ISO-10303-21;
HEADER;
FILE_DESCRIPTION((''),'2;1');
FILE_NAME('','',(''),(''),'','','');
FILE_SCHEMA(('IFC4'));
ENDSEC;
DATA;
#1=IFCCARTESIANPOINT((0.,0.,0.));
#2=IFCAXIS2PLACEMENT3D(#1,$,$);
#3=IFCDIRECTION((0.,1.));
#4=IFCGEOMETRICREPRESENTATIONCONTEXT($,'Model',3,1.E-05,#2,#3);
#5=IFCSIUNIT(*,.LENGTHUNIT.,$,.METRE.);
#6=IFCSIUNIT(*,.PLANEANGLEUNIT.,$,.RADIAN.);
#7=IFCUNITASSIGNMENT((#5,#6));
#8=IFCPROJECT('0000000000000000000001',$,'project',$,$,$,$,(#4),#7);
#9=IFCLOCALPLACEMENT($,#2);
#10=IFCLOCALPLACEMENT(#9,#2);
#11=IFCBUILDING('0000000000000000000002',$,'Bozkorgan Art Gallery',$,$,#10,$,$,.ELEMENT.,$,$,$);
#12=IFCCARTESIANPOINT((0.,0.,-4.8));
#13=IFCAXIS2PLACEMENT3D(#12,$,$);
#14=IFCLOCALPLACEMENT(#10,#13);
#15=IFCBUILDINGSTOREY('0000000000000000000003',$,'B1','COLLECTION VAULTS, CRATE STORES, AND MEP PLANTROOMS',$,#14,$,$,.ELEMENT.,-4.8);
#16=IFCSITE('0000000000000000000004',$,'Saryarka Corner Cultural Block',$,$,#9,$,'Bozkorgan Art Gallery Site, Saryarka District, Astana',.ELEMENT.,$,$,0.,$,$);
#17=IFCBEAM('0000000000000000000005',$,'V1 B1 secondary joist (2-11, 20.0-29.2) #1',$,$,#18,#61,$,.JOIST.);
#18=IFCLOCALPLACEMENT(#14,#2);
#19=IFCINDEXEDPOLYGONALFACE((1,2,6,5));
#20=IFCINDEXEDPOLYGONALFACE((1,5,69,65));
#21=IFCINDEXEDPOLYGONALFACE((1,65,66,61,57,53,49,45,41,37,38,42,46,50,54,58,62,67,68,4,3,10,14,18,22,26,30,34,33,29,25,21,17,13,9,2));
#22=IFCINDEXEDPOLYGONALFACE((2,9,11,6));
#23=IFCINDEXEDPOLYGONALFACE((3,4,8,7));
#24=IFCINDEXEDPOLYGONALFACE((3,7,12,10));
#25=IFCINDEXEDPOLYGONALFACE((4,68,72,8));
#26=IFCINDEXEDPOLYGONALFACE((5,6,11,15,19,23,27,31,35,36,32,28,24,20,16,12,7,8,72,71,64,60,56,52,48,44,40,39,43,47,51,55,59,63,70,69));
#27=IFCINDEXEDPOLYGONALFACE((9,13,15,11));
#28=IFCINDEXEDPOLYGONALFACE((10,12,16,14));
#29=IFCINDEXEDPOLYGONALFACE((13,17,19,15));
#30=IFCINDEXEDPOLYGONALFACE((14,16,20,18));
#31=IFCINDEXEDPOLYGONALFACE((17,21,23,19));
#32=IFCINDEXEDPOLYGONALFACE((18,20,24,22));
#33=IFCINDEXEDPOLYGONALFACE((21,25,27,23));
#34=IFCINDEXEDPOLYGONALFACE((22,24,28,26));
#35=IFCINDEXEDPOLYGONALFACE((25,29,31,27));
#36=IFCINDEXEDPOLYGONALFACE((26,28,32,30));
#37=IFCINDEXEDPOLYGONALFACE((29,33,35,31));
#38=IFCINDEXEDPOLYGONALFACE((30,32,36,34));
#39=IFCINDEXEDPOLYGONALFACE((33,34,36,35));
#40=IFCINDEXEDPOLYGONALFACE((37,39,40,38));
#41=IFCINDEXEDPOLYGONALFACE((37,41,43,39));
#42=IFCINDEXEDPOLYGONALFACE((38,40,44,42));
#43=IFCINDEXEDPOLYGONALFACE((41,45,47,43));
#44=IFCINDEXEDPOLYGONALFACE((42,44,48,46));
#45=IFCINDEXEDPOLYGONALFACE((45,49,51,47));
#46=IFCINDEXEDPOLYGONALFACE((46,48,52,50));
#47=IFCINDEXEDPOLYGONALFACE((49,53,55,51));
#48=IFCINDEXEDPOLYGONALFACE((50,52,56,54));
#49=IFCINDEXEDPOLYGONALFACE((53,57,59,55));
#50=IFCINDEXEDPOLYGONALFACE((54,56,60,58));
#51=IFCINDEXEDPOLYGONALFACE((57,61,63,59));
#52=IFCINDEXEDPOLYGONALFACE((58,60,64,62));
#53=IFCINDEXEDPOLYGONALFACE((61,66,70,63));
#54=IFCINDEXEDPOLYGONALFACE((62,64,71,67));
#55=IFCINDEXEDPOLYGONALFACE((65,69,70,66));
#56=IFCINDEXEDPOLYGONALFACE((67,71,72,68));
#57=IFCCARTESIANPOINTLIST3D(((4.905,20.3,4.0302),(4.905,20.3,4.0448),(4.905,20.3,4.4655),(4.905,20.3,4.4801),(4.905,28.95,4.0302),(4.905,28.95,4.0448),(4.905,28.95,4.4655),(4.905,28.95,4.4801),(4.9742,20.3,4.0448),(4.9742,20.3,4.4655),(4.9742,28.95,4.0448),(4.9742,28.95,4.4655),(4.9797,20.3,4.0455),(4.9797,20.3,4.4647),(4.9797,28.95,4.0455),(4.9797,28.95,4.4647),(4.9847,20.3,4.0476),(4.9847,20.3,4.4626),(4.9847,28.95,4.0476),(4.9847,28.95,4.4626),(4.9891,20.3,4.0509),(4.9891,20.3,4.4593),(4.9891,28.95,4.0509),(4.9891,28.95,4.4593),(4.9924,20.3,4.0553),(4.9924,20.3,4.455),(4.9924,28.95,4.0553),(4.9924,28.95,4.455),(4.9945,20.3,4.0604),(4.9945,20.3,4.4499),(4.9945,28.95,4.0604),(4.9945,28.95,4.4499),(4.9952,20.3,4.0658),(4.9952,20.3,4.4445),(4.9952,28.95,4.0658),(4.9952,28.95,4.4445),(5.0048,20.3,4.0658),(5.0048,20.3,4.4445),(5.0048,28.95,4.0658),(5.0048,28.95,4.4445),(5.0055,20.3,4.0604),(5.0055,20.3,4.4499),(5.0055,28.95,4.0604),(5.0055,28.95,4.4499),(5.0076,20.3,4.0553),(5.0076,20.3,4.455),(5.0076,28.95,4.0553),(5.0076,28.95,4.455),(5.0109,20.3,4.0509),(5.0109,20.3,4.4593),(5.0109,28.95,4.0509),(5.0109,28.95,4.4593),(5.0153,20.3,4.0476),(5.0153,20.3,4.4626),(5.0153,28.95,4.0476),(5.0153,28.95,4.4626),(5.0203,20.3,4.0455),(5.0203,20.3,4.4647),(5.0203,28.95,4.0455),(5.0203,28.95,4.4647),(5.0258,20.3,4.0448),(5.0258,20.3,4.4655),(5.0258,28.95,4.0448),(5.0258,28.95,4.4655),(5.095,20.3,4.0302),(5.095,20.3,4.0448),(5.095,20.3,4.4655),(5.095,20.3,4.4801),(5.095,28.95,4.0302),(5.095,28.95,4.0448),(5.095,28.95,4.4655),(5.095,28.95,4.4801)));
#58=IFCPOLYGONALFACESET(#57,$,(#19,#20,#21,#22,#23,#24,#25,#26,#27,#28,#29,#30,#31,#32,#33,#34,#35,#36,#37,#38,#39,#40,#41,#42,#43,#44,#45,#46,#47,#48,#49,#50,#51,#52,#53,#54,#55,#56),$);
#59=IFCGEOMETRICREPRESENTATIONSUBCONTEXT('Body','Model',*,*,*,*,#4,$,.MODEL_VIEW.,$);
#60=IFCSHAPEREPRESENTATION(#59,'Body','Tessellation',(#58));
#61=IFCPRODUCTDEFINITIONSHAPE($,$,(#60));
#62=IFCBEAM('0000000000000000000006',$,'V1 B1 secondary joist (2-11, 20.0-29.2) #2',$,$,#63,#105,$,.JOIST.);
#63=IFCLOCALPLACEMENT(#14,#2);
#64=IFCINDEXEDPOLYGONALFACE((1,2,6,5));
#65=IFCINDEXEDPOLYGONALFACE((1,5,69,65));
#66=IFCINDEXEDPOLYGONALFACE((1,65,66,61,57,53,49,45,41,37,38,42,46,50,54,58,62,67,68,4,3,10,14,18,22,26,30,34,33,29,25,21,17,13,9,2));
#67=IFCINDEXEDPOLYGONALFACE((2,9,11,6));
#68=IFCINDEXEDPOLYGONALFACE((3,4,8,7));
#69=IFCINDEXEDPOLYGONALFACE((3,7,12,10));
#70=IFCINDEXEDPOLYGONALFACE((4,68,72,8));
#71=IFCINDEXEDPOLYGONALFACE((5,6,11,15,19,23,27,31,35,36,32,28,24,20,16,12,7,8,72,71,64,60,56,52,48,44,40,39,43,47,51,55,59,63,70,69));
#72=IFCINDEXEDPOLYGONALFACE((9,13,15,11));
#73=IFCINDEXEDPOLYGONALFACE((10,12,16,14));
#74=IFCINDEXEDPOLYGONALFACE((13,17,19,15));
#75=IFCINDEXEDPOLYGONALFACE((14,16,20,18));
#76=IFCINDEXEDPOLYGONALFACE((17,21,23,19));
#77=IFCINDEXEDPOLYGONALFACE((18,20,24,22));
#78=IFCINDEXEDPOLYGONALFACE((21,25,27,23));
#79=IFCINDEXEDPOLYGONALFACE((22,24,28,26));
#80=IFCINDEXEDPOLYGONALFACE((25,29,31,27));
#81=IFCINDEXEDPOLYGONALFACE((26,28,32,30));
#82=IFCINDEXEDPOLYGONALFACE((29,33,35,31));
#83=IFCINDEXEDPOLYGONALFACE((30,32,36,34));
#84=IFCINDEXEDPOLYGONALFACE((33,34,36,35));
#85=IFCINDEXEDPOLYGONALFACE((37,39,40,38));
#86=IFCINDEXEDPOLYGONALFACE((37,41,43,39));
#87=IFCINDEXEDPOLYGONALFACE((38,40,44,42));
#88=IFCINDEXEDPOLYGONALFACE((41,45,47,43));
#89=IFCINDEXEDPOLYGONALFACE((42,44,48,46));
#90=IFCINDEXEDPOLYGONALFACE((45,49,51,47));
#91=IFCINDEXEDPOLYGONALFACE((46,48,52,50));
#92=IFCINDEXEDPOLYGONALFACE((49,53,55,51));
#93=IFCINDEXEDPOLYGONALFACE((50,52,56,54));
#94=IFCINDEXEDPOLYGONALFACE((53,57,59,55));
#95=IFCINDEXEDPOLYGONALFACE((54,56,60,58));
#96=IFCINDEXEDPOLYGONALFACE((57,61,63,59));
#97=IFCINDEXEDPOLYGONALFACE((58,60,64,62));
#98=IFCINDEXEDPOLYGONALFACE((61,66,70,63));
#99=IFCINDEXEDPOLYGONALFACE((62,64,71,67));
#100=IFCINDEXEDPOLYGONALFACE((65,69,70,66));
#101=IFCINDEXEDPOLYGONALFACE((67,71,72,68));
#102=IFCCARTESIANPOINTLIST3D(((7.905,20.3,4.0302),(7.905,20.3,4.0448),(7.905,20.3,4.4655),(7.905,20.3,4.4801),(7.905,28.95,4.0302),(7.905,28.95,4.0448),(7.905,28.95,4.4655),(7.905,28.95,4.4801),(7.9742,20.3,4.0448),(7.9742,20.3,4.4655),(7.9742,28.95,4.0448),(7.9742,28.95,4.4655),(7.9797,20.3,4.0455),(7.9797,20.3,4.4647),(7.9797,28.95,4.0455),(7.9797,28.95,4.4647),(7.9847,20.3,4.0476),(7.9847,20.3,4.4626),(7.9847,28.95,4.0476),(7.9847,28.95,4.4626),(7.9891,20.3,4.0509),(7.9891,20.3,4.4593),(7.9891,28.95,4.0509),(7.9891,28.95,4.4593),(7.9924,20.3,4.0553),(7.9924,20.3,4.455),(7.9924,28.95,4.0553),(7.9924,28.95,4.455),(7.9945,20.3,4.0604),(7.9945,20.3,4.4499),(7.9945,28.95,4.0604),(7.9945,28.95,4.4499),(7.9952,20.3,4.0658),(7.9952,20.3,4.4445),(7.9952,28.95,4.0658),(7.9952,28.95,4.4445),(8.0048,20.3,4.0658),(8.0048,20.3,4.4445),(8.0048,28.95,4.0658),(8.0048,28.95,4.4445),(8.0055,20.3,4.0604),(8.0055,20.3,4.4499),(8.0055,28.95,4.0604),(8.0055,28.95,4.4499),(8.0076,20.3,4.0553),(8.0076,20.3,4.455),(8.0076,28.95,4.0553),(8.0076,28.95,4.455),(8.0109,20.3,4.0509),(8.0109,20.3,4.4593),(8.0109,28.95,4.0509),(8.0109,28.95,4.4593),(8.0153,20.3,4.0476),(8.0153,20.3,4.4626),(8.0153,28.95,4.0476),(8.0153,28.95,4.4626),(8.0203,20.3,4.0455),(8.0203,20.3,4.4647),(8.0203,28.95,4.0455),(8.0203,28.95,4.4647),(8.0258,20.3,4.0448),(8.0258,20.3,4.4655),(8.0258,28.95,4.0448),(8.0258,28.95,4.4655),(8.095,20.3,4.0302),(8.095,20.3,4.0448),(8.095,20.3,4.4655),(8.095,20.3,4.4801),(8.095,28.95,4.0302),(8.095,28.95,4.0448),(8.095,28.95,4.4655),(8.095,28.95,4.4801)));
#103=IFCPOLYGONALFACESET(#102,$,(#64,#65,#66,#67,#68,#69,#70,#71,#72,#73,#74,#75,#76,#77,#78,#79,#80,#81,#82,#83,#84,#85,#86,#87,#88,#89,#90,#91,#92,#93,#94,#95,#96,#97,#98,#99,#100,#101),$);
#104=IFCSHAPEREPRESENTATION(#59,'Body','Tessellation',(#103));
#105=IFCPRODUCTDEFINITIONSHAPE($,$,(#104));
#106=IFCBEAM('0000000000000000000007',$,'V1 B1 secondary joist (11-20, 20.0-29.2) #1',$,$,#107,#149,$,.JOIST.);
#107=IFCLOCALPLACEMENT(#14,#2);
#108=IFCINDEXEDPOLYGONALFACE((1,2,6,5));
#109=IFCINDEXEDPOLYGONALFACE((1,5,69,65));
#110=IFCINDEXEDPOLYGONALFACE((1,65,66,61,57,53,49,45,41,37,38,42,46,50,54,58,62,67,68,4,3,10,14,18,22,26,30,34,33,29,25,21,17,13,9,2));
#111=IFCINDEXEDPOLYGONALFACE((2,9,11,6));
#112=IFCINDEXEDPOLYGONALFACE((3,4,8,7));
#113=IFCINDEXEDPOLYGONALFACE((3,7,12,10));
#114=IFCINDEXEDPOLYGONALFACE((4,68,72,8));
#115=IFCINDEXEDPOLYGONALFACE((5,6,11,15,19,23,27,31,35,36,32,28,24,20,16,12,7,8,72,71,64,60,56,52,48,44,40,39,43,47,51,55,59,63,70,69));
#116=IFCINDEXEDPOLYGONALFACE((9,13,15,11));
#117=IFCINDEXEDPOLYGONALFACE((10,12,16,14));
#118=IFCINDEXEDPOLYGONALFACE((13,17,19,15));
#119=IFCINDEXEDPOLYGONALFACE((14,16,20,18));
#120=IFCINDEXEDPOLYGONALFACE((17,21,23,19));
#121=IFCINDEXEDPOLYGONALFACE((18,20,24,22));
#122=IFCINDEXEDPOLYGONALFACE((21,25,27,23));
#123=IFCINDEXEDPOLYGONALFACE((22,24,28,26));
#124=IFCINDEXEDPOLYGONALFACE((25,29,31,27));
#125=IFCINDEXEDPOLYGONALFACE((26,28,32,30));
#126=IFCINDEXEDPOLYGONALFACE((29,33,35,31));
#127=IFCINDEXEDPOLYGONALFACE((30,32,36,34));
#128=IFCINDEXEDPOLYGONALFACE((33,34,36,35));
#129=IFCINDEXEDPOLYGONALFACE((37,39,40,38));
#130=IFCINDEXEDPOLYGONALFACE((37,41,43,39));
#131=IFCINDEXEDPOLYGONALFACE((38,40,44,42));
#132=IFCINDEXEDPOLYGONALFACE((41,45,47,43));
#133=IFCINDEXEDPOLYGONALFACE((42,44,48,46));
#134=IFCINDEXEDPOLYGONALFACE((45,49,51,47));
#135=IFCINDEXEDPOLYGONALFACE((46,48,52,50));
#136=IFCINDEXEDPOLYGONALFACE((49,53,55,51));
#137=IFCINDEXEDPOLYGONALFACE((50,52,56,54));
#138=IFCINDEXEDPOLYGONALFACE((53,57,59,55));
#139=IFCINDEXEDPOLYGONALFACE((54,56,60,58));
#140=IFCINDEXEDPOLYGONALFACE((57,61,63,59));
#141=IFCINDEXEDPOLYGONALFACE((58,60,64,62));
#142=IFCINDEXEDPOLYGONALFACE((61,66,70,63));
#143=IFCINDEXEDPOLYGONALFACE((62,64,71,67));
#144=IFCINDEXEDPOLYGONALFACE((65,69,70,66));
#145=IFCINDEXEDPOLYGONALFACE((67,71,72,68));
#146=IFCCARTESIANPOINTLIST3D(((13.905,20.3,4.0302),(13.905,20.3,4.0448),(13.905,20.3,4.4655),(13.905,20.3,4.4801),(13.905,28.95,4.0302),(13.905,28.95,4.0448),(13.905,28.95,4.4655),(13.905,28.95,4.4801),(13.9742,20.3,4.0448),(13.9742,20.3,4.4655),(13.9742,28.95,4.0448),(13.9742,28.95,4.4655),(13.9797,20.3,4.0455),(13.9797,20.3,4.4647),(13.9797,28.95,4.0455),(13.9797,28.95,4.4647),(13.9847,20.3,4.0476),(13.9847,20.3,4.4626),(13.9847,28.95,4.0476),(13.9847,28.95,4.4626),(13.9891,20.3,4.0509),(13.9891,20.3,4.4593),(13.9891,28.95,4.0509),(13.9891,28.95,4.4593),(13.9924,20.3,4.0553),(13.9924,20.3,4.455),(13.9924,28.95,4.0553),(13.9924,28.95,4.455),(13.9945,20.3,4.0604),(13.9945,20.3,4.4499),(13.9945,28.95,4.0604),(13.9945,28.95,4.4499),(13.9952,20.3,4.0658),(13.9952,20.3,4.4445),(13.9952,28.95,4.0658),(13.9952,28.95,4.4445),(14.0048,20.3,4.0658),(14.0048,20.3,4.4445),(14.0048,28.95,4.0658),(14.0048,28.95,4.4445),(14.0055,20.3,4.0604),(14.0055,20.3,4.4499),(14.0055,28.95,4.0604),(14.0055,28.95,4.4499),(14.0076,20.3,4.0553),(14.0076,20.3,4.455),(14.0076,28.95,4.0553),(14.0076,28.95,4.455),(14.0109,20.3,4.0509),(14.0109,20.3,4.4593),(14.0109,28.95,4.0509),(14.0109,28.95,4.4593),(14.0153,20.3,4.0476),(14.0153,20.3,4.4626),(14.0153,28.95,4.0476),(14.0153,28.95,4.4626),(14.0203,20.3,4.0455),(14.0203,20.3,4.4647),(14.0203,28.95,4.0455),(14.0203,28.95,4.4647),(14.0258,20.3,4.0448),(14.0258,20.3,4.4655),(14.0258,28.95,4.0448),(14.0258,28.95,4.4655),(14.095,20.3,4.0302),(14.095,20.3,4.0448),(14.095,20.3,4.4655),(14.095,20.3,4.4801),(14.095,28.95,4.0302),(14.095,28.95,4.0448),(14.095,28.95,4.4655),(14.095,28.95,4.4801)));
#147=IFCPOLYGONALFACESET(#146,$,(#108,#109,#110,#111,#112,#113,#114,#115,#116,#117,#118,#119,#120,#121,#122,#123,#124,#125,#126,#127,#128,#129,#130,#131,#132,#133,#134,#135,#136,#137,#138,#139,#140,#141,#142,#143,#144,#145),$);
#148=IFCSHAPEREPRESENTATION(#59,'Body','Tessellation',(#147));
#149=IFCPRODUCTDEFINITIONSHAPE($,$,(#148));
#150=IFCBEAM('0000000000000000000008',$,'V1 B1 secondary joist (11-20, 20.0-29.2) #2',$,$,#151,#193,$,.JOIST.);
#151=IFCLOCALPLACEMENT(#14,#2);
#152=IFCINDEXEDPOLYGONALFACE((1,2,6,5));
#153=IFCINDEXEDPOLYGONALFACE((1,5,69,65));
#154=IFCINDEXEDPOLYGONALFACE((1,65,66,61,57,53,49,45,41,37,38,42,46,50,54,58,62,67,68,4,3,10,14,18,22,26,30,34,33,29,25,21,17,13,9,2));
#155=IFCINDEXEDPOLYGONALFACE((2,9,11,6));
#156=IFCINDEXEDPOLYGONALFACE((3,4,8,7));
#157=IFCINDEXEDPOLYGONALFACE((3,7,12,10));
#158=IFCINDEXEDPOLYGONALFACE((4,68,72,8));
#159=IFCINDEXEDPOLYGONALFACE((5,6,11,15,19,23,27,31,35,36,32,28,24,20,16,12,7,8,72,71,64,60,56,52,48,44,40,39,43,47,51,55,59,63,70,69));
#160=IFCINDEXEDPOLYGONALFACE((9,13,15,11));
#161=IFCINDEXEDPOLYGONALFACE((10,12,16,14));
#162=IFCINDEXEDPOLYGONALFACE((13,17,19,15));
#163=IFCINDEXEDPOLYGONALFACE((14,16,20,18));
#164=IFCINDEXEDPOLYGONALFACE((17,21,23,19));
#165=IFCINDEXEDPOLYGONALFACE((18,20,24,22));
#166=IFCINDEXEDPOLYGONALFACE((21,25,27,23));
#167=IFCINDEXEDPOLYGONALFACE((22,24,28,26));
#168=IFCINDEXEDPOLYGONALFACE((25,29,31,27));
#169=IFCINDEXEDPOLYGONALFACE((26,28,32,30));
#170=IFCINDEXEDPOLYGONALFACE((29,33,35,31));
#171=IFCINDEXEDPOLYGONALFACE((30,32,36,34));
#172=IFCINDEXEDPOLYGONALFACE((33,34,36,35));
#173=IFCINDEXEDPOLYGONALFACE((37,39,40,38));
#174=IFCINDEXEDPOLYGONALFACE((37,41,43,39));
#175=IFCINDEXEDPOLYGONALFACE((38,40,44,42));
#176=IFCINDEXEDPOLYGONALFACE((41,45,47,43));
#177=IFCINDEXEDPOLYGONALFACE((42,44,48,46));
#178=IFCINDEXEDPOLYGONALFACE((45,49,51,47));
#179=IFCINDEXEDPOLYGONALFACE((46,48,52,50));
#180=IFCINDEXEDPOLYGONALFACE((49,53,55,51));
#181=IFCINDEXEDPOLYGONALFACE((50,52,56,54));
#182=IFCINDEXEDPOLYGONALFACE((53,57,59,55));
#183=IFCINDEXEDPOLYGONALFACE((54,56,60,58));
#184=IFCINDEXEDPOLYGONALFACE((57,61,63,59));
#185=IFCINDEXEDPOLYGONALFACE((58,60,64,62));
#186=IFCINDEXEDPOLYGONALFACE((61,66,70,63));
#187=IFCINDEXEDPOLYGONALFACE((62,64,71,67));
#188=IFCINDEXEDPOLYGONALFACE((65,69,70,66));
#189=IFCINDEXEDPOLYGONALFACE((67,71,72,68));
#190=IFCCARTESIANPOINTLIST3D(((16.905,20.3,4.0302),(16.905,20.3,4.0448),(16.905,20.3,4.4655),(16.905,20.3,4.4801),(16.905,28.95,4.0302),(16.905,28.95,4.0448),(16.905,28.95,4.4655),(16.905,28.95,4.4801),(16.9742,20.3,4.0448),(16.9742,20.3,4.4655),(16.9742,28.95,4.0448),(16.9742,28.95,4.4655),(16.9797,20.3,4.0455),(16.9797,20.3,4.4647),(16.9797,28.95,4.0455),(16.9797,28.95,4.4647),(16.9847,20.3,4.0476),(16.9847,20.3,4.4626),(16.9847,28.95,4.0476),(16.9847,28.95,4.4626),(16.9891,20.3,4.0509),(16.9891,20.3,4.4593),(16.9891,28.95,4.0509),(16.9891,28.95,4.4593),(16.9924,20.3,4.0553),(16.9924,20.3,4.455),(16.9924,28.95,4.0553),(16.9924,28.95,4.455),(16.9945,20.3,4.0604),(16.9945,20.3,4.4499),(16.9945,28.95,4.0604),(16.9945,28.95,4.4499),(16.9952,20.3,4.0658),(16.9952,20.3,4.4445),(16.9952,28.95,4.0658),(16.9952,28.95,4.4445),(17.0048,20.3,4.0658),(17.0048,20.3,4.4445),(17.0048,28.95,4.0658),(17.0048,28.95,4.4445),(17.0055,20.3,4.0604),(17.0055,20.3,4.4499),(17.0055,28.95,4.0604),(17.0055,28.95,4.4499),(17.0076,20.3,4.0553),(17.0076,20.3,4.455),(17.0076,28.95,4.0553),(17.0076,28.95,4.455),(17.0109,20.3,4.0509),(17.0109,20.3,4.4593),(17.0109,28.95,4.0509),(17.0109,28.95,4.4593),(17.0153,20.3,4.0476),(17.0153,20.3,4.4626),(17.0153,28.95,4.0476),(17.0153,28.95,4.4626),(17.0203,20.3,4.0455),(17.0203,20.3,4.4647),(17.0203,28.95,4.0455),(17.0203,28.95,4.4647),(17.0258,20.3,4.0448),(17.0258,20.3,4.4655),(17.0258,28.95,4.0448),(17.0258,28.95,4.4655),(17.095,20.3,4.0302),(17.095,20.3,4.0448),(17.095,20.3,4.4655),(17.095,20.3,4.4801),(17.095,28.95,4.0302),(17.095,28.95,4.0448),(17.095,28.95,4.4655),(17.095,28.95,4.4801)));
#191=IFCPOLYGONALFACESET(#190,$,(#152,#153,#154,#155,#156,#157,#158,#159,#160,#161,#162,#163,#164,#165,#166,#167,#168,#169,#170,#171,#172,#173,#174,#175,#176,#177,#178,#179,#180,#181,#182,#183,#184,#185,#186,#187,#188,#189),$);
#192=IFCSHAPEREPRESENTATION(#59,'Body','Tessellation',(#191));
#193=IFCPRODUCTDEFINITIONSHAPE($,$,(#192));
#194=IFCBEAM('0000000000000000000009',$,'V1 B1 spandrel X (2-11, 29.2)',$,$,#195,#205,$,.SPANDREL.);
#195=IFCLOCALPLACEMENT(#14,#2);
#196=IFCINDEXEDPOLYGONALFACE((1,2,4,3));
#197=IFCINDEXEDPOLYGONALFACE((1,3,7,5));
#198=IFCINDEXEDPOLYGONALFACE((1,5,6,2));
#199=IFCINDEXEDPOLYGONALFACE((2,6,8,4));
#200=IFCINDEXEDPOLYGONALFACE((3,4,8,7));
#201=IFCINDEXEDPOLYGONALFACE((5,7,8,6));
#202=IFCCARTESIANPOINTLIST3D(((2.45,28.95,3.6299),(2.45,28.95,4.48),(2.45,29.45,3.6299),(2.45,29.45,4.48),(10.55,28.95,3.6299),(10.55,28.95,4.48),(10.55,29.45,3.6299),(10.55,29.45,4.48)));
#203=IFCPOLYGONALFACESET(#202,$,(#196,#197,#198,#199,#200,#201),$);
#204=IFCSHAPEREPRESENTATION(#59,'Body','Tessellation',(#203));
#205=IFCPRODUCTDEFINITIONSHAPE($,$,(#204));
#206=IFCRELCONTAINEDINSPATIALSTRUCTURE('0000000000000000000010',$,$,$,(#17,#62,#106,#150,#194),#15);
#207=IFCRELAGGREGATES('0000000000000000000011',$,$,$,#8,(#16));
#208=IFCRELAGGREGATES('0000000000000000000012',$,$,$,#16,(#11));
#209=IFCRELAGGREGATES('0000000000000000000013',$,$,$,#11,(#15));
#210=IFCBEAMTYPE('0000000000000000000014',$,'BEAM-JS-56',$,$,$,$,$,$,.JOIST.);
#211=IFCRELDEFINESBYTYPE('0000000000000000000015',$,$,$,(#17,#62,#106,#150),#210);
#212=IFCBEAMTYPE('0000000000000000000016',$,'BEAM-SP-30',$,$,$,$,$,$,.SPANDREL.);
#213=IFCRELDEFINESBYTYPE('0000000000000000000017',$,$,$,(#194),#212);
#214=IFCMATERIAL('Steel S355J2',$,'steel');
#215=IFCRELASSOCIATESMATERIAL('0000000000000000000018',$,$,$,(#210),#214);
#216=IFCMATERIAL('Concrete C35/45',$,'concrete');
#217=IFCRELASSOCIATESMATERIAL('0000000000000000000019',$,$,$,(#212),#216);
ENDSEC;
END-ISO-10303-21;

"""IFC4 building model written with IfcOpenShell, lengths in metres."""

from ifc_helpers import new_model, si_unit, direction, frame, origin, origin_2d, place, context, subcontext, project, spatial, rectangle, i_section, extrude, material, material_profile, profile_set, type_object, element, save


model = new_model("IFC4")

# Units and contexts
model_context = context("Model", 3, precision=1e-05, world=origin(), true_north=direction((0.0, 1.0)))
body_context = subcontext(model_context, "Body", "Model", "MODEL_VIEW")
ifc_project = project(units=[si_unit("LENGTHUNIT", "METRE"), si_unit("PLANEANGLEUNIT", "RADIAN")], contexts=[model_context])

# Site, building, storey
site_placement = place(None, origin())
site = spatial("IfcSite", under=ifc_project, at=site_placement, Name="Saryarka Corner Cultural Block", LongName="Bozkorgan Art Gallery Site, Saryarka District, Astana", CompositionType="ELEMENT", RefElevation=0.0)
building_placement = place(site_placement, origin())
building = spatial("IfcBuilding", under=site, at=building_placement, Name="Bozkorgan Art Gallery", CompositionType="ELEMENT")
storey_placement = place(building_placement, frame((0.0, 0.0, -4.8)))
storey = spatial("IfcBuildingStorey", under=building, at=storey_placement, Name="B1", Description="COLLECTION VAULTS, CRATE STORES, AND MEP PLANTROOMS", CompositionType="ELEMENT", Elevation=-4.8)

# Beams
ifc_material_1 = material(Name="Concrete C35/45", Category="concrete")
ifc_material_2 = material(Name="Steel S355J2", Category="steel")
ifc_material_profile_1 = material_profile(ifc_material_2, i_section(OverallWidth=0.1899, OverallDepth=0.45, WebThickness=0.0095, FlangeThickness=0.0146, FilletRadius=0.021, at=origin_2d()), Name="IPE 450")
ifc_profile_set_1 = profile_set([ifc_material_profile_1], Name="Steel S355J2")
beam_type_1 = type_object("IfcBeamType", Name="BEAM-JS-56", PredefinedType="JOIST", material=ifc_profile_set_1)
for number, where, z_axis, x_axis, name in (
    (1, (5.0, 20.3, 4.2551), (0.0, 1.0, 0.0), (-1.0, 0.0, 0.0), "V1 B1 secondary joist (2-11, 20.0-29.2) #1"),
    (2, (8.0, 20.3, 4.2551), (0.0, 1.0, 0.0), (-1.0, 0.0, 0.0), "V1 B1 secondary joist (2-11, 20.0-29.2) #2"),
    (3, (14.0, 20.3, 4.2551), (0.0, 1.0, 0.0), (-1.0, 0.0, 0.0), "V1 B1 secondary joist (11-20, 20.0-29.2) #1"),
    (4, (17.0, 20.3, 4.2551), (0.0, 1.0, 0.0), (-1.0, 0.0, 0.0), "V1 B1 secondary joist (11-20, 20.0-29.2) #2"),
):
    element("IfcBeam", number, at=place(storey_placement, frame(where, z_axis=z_axis, x_axis=x_axis)), inside=storey, type_object=beam_type_1, Name=name, PredefinedType="JOIST", context=body_context, shape_type="SweptSolid", body=[
        extrude(i_section(OverallWidth=0.1899, OverallDepth=0.45, WebThickness=0.0095, FlangeThickness=0.0146, FilletRadius=0.021, at=origin_2d()), origin(), (0.0, 0.0, 1.0), 8.6499),
    ])
ifc_material_profile_2 = material_profile(ifc_material_1, rectangle(XDim=0.5, YDim=0.8501, at=origin_2d()), Name="RC 500x850")
ifc_profile_set_2 = profile_set([ifc_material_profile_2], Name="Concrete C35/45")
beam_type_2 = type_object("IfcBeamType", Name="BEAM-SP-30", PredefinedType="SPANDREL", material=ifc_profile_set_2)
for number, where, z_axis, x_axis, name in (
    (5, (2.45, 29.2, 4.0549), (1.0, 0.0, 0.0), (0.0, 1.0, 0.0), "V1 B1 spandrel X (2-11, 29.2)"),
):
    element("IfcBeam", number, at=place(storey_placement, frame(where, z_axis=z_axis, x_axis=x_axis)), inside=storey, type_object=beam_type_2, Name=name, PredefinedType="SPANDREL", context=body_context, shape_type="SweptSolid", body=[
        extrude(rectangle(XDim=0.5, YDim=0.8501, at=origin_2d()), origin(), (0.0, 0.0, 1.0), 8.1001),
    ])

save(model, "model.ifc")
